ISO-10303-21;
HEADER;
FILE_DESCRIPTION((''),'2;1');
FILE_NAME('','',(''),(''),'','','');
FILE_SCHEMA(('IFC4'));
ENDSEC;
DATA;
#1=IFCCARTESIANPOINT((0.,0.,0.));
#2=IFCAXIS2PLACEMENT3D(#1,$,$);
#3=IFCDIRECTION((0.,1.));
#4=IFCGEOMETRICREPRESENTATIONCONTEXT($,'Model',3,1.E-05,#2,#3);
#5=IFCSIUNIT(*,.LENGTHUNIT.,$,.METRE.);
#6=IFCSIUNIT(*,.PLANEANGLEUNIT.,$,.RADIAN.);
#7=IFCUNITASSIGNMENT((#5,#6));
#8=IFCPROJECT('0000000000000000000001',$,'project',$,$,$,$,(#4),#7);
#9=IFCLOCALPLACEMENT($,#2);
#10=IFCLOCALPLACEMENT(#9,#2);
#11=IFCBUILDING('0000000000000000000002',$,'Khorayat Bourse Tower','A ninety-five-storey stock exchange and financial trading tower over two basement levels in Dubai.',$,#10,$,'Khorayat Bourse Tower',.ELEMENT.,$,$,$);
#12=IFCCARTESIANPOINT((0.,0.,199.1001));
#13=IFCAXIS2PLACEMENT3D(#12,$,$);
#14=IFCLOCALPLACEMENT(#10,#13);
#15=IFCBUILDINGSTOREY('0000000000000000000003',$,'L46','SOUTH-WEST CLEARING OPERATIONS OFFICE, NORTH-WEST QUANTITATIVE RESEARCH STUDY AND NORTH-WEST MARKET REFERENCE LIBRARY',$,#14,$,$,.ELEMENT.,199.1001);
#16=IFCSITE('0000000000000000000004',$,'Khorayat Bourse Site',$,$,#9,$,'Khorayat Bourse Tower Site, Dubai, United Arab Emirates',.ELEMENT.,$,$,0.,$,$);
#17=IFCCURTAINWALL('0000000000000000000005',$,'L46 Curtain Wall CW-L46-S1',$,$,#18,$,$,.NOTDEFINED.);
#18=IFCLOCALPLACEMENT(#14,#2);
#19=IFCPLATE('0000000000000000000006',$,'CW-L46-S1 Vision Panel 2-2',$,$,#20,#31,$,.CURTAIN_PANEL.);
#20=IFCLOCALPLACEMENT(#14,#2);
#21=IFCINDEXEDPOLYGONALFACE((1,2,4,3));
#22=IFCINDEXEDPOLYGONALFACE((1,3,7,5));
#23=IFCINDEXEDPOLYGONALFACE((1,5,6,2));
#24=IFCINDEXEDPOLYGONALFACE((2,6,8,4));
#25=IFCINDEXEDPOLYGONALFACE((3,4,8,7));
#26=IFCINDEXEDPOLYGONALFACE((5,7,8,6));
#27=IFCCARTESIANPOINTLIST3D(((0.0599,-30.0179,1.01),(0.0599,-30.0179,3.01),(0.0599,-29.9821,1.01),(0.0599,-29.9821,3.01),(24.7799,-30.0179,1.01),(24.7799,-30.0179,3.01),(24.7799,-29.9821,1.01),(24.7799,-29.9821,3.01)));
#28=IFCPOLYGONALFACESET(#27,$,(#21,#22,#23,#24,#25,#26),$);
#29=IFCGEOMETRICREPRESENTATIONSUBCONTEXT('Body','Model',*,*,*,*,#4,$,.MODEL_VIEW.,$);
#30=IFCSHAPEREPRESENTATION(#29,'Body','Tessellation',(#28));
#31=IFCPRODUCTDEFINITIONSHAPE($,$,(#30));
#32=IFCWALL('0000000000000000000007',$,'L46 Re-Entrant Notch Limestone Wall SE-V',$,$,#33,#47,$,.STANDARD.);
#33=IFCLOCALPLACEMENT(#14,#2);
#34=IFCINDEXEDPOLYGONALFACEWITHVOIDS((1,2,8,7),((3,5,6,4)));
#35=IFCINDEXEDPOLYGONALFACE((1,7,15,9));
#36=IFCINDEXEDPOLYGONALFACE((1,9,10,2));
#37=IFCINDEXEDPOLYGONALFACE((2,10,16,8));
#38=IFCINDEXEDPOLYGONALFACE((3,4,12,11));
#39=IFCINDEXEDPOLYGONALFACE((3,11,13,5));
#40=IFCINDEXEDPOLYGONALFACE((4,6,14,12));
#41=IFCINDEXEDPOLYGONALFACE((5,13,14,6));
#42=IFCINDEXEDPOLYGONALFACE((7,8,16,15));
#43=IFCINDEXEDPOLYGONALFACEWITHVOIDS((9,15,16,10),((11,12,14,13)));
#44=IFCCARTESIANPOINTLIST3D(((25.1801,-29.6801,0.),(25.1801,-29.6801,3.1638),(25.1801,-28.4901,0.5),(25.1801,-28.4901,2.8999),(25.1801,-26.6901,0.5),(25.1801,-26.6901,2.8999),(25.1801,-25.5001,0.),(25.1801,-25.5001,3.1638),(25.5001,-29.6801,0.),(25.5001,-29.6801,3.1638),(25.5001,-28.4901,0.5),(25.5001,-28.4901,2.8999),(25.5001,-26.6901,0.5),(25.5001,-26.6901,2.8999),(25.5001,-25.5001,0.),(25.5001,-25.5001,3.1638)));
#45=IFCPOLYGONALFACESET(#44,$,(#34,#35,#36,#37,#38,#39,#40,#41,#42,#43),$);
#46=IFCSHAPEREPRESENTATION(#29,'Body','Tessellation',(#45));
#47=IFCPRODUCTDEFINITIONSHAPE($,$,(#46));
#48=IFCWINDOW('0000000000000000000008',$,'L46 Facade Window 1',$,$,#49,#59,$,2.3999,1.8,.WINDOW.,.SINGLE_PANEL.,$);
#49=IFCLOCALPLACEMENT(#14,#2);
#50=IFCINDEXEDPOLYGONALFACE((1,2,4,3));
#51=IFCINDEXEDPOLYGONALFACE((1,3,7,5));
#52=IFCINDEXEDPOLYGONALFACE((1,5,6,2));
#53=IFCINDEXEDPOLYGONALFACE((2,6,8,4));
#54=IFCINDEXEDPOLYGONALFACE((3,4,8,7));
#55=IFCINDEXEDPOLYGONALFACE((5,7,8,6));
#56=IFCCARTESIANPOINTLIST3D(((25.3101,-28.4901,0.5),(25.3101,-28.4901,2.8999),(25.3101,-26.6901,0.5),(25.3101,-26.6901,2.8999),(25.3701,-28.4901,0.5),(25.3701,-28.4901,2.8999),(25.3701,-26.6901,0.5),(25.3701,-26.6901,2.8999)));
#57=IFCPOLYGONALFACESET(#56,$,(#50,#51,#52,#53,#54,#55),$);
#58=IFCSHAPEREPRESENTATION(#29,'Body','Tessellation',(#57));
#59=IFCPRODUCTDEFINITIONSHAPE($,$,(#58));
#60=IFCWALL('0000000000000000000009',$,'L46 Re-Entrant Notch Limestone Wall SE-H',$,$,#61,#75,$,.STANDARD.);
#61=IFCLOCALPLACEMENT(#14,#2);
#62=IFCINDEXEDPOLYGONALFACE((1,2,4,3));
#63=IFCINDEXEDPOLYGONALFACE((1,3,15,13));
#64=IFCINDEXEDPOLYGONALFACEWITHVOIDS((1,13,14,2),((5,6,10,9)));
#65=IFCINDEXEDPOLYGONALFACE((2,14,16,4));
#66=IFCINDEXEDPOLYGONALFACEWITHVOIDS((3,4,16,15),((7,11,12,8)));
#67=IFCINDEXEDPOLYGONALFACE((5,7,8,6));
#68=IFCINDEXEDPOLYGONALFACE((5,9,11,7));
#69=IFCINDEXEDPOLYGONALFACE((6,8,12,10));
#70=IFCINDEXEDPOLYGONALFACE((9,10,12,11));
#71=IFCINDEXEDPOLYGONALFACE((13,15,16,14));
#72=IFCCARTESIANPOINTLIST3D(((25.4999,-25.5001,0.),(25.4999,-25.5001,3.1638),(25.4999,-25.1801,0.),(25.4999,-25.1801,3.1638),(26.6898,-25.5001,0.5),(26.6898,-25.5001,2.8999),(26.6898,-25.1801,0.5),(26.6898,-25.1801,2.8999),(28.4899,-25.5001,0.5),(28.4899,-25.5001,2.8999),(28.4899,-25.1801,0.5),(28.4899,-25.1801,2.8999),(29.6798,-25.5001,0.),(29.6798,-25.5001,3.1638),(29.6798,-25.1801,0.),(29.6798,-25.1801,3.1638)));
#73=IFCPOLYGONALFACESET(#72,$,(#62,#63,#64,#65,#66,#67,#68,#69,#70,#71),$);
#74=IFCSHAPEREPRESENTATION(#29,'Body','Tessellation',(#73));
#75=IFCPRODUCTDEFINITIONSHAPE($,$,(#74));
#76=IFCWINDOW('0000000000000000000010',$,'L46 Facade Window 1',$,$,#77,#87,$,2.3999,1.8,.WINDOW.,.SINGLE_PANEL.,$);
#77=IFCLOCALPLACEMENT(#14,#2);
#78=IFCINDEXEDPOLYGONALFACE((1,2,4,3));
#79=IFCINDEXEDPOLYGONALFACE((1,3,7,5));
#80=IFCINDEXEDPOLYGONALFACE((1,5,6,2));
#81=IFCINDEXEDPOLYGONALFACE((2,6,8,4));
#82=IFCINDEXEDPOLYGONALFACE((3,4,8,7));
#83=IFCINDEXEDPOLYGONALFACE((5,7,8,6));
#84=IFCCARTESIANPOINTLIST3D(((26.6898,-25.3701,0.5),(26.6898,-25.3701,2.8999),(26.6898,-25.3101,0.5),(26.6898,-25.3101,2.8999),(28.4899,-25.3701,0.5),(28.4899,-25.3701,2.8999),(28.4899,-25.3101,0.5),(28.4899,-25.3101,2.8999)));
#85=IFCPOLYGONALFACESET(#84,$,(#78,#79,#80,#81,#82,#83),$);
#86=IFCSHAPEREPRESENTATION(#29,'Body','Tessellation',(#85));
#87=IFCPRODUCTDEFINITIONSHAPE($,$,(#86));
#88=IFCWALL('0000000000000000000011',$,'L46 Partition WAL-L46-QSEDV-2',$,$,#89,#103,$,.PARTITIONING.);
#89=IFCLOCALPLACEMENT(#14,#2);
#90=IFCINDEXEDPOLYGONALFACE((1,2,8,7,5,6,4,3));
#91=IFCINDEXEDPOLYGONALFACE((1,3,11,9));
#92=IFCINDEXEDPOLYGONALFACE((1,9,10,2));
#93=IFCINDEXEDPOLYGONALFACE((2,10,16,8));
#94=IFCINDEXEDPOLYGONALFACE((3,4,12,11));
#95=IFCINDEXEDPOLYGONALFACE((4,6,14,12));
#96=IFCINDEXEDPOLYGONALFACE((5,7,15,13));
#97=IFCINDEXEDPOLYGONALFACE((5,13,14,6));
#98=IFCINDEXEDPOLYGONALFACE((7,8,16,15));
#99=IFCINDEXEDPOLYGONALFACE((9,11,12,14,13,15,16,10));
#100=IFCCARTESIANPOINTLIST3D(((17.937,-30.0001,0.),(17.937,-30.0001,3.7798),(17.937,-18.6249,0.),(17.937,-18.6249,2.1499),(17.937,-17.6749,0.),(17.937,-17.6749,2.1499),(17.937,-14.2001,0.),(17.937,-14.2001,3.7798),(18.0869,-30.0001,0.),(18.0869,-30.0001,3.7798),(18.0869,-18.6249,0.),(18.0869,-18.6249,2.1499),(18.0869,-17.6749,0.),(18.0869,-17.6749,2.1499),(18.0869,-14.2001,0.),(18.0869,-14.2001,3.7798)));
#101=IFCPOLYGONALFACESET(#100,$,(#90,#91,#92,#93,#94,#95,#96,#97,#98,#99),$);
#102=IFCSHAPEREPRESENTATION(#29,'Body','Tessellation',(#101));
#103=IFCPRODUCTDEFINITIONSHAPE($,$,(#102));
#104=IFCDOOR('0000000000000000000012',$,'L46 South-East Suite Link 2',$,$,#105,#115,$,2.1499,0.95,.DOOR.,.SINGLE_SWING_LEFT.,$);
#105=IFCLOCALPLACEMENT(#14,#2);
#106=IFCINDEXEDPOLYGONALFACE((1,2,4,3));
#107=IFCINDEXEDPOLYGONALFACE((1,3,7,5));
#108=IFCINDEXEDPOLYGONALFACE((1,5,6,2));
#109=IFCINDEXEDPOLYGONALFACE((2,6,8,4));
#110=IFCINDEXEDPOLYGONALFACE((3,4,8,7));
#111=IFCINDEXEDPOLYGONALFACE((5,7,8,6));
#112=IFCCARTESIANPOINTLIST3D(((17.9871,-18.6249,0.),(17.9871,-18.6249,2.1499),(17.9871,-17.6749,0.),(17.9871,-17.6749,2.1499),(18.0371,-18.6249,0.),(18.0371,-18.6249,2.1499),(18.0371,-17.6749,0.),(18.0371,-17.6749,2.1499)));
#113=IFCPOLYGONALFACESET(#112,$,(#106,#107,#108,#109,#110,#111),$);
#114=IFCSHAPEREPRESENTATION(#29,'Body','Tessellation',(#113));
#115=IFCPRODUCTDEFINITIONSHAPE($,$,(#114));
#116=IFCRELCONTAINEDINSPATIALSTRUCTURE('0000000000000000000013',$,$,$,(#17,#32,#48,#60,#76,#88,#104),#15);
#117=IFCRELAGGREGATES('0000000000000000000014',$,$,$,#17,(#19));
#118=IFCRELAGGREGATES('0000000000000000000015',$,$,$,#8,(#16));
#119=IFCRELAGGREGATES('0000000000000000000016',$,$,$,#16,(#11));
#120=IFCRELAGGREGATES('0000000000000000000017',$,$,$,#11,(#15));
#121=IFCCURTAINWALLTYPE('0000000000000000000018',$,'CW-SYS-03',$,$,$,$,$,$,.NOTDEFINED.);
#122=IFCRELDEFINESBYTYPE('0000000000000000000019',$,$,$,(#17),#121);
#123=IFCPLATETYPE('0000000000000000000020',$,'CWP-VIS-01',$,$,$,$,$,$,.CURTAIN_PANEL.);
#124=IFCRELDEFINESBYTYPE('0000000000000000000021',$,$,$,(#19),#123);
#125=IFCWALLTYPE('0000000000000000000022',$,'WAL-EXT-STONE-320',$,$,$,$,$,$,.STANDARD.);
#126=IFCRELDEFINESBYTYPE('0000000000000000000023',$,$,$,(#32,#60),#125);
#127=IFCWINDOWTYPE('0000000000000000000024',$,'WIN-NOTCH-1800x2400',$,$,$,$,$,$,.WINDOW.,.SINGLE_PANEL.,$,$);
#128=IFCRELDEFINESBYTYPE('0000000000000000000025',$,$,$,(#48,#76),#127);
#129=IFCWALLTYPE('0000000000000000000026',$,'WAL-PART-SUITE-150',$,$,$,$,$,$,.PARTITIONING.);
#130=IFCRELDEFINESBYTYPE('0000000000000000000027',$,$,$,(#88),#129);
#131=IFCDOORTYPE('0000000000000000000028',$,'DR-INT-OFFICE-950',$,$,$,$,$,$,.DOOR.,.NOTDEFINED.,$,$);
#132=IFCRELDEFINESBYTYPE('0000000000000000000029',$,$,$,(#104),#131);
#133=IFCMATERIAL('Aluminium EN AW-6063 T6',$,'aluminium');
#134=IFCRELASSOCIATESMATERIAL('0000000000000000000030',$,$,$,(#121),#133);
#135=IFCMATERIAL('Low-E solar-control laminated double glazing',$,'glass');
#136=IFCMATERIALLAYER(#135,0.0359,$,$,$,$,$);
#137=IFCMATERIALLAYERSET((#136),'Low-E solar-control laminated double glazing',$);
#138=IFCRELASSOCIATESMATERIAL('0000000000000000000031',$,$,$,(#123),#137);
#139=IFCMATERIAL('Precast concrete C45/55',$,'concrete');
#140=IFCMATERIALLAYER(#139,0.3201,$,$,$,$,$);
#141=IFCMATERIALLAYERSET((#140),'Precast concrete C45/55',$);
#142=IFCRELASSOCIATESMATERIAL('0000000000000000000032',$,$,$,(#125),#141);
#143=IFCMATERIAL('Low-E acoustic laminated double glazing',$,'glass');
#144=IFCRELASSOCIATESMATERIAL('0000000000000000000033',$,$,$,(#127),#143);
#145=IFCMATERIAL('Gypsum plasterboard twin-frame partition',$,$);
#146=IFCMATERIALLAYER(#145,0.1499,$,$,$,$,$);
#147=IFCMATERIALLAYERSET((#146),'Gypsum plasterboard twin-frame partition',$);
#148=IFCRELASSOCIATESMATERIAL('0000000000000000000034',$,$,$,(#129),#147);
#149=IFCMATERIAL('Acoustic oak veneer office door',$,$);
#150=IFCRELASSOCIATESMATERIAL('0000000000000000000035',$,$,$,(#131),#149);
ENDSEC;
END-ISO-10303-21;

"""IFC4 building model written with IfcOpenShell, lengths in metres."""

from ifc_helpers import new_model, si_unit, direction, frame, frame_2d, origin, origin_2d, place, context, subcontext, project, spatial, rectangle, extrude, source, transform, mapped, material, layer, layer_set, type_object, element, fill, aggregate, save


model = new_model("IFC4")

# Units and contexts
model_context = context("Model", 3, precision=1e-05, world=origin(), true_north=direction((0.0, 1.0)))
body_context = subcontext(model_context, "Body", "Model", "MODEL_VIEW")
ifc_project = project(units=[si_unit("LENGTHUNIT", "METRE"), si_unit("PLANEANGLEUNIT", "RADIAN")], contexts=[model_context])

# Site, building, storey
site_placement = place(None, origin())
site = spatial("IfcSite", under=ifc_project, at=site_placement, Name="Khorayat Bourse Site", LongName="Khorayat Bourse Tower Site, Dubai, United Arab Emirates", CompositionType="ELEMENT", RefElevation=0.0)
building_placement = place(site_placement, origin())
building = spatial("IfcBuilding", under=site, at=building_placement, Name="Khorayat Bourse Tower", Description="A ninety-five-storey stock exchange and financial trading tower over two basement levels in Dubai.", LongName="Khorayat Bourse Tower", CompositionType="ELEMENT")
storey_placement = place(building_placement, frame((0.0, 0.0, 199.1001)))
storey = spatial("IfcBuildingStorey", under=building, at=storey_placement, Name="L46", Description="SOUTH-WEST CLEARING OPERATIONS OFFICE, NORTH-WEST QUANTITATIVE RESEARCH STUDY AND NORTH-WEST MARKET REFERENCE LIBRARY", CompositionType="ELEMENT", Elevation=199.1001)

# Curtain wall
ifc_material_1 = material(Name="Aluminium EN AW-6063 T6", Category="aluminium")
curtain_wall_type = type_object("IfcCurtainWallType", Name="CW-SYS-03", PredefinedType="NOTDEFINED", material=ifc_material_1)
curtain_wall_1_placement = place(storey_placement, origin())
curtain_wall_1 = element("IfcCurtainWall", 1, at=curtain_wall_1_placement, inside=storey, type_object=curtain_wall_type, Name="L46 Curtain Wall CW-L46-S1", PredefinedType="NOTDEFINED")

# Plate
ifc_material_2 = material(Name="Low-E solar-control laminated double glazing", Category="glass")
ifc_layer_1 = layer(ifc_material_2, 0.0359)
ifc_layer_set_1 = layer_set([ifc_layer_1], Name="Low-E solar-control laminated double glazing")
plate_type_1 = type_object("IfcPlateType", Name="CWP-VIS-01", PredefinedType="CURTAIN_PANEL", material=ifc_layer_set_1)
shared_shape_1 = source(origin(), body_context, "Body", "SweptSolid", [
    extrude(rectangle(XDim=24.72, YDim=0.0359, at=origin_2d()), origin(), (0.0, 0.0, 1.0), 2.0),
])
plate_1_placement = place(storey_placement, frame((12.4199, -30.0, 1.01), z_axis=(0.0, 0.0, 1.0), x_axis=(1.0, 0.0, 0.0)))
plate_1 = element("IfcPlate", 2, at=plate_1_placement, type_object=plate_type_1, Name="CW-L46-S1 Vision Panel 2-2", PredefinedType="CURTAIN_PANEL", context=body_context, shape_type="MappedRepresentation", body=[
    mapped(shared_shape_1, transform((0.0, 0.0, 0.0), scale=1.0)),
])
aggregate(curtain_wall_1, [plate_1])

# Walls, openings, windows
ifc_material_3 = material(Name="Precast concrete C45/55", Category="concrete")
ifc_layer_2 = layer(ifc_material_3, 0.3201)
ifc_layer_set_2 = layer_set([ifc_layer_2], Name="Precast concrete C45/55")
wall_type_1 = type_object("IfcWallType", Name="WAL-EXT-STONE-320", PredefinedType="STANDARD", material=ifc_layer_set_2)
shared_shape_2 = source(origin(), body_context, "Body", "SweptSolid", [
    extrude(rectangle(XDim=4.1799, YDim=0.3201, at=frame_2d((2.0898, 0.0))), origin(), (0.0, 0.0, 1.0), 3.1638),
])
wall_1_placement = place(storey_placement, frame((25.3401, -29.6799, 0.0), z_axis=(0.0, 0.0, 1.0), x_axis=(0.0, 1.0, 0.0)))
wall_1 = element("IfcWall", 3, at=wall_1_placement, inside=storey, type_object=wall_type_1, Name="L46 Re-Entrant Notch Limestone Wall SE-V", PredefinedType="STANDARD", context=body_context, shape_type="MappedRepresentation", body=[
    mapped(shared_shape_2, transform((0.0, 0.0, 0.0), scale=1.0)),
])
shared_shape_3 = source(origin(), body_context, "Body", "SweptSolid", [
    extrude(rectangle(XDim=1.8, YDim=2.3999, at=frame_2d((0.8999, 1.2))), frame((0.0, 0.1699, 0.0), z_axis=(0.0, -1.0, 0.0), x_axis=(1.0, 0.0, 0.0)), (0.0, 0.0, 1.0), 0.3401),
])
opening_1_placement = place(wall_1_placement, frame((1.1899, 0.0, 0.5)))
opening_1 = element("IfcOpeningElement", 4, at=opening_1_placement, cuts=wall_1, PredefinedType="OPENING", context=body_context, shape_type="MappedRepresentation", body=[
    mapped(shared_shape_3, transform((0.0, 0.0, 0.0), scale=1.0)),
])
ifc_material_4 = material(Name="Low-E acoustic laminated double glazing", Category="glass")
window_type = type_object("IfcWindowType", Name="WIN-NOTCH-1800x2400", PartitioningType="SINGLE_PANEL", PredefinedType="WINDOW", material=ifc_material_4)
shared_shape_4 = source(origin(), body_context, "Body", "SweptSolid", [
    extrude(rectangle(XDim=1.8, YDim=2.3999, at=frame_2d((0.8999, 1.2))), frame((0.0, 0.03, 0.0), z_axis=(0.0, -1.0, 0.0), x_axis=(1.0, 0.0, 0.0)), (0.0, 0.0, 1.0), 0.0601),
])
window_1_placement = place(opening_1_placement, origin())
window_1 = element("IfcWindow", 5, at=window_1_placement, inside=storey, type_object=window_type, Name="L46 Facade Window 1", OverallHeight=2.3999, OverallWidth=1.8, PartitioningType="SINGLE_PANEL", PredefinedType="WINDOW", context=body_context, shape_type="MappedRepresentation", body=[
    mapped(shared_shape_4, transform((0.0, 0.0, 0.0), scale=1.0)),
])
fill(opening_1, window_1)
wall_2_placement = place(storey_placement, frame((25.5, -25.3401, 0.0), z_axis=(0.0, 0.0, 1.0), x_axis=(1.0, 0.0, 0.0)))
wall_2 = element("IfcWall", 6, at=wall_2_placement, inside=storey, type_object=wall_type_1, Name="L46 Re-Entrant Notch Limestone Wall SE-H", PredefinedType="STANDARD", context=body_context, shape_type="MappedRepresentation", body=[
    mapped(shared_shape_2, transform((0.0, 0.0, 0.0), scale=1.0)),
])
opening_2_placement = place(wall_2_placement, frame((1.1899, 0.0, 0.5)))
opening_2 = element("IfcOpeningElement", 7, at=opening_2_placement, cuts=wall_2, PredefinedType="OPENING", context=body_context, shape_type="MappedRepresentation", body=[
    mapped(shared_shape_3, transform((0.0, 0.0, 0.0), scale=1.0)),
])
window_2_placement = place(opening_2_placement, origin())
window_2 = element("IfcWindow", 8, at=window_2_placement, inside=storey, type_object=window_type, Name="L46 Facade Window 1", OverallHeight=2.3999, OverallWidth=1.8, PartitioningType="SINGLE_PANEL", PredefinedType="WINDOW", context=body_context, shape_type="MappedRepresentation", body=[
    mapped(shared_shape_4, transform((0.0, 0.0, 0.0), scale=1.0)),
])
fill(opening_2, window_2)

# Wall, opening, door
ifc_material_5 = material(Name="Gypsum plasterboard twin-frame partition")
ifc_layer_3 = layer(ifc_material_5, 0.1499)
ifc_layer_set_3 = layer_set([ifc_layer_3], Name="Gypsum plasterboard twin-frame partition")
wall_type_2 = type_object("IfcWallType", Name="WAL-PART-SUITE-150", PredefinedType="PARTITIONING", material=ifc_layer_set_3)
shared_shape_5 = source(origin(), body_context, "Body", "SweptSolid", [
    extrude(rectangle(XDim=15.8, YDim=0.1499, at=frame_2d((7.8999, 0.0))), origin(), (0.0, 0.0, 1.0), 3.7798),
])
wall_3_placement = place(storey_placement, frame((18.012, -30.0, 0.0), z_axis=(0.0, 0.0, 1.0), x_axis=(0.0, 1.0, 0.0)))
wall_3 = element("IfcWall", 9, at=wall_3_placement, inside=storey, type_object=wall_type_2, Name="L46 Partition WAL-L46-QSEDV-2", PredefinedType="PARTITIONING", context=body_context, shape_type="MappedRepresentation", body=[
    mapped(shared_shape_5, transform((0.0, 0.0, 0.0), scale=1.0)),
])
shared_shape_6 = source(origin(), body_context, "Body", "SweptSolid", [
    extrude(rectangle(XDim=0.95, YDim=2.1499, at=frame_2d((0.4751, 1.075))), frame((0.0, 0.085, 0.0), z_axis=(0.0, -1.0, 0.0), x_axis=(1.0, 0.0, 0.0)), (0.0, 0.0, 1.0), 0.1699),
])
opening_3_placement = place(wall_3_placement, frame((11.375, 0.0, 0.0)))
opening_3 = element("IfcOpeningElement", 10, at=opening_3_placement, cuts=wall_3, PredefinedType="OPENING", context=body_context, shape_type="MappedRepresentation", body=[
    mapped(shared_shape_6, transform((0.0, 0.0, 0.0), scale=1.0)),
])
ifc_material_6 = material(Name="Acoustic oak veneer office door")
door_type = type_object("IfcDoorType", Name="DR-INT-OFFICE-950", OperationType="NOTDEFINED", PredefinedType="DOOR", material=ifc_material_6)
shared_shape_7 = source(origin(), body_context, "Body", "SweptSolid", [
    extrude(rectangle(XDim=0.95, YDim=2.1499, at=frame_2d((0.4751, 1.075))), frame((0.0, 0.0249, 0.0), z_axis=(0.0, -1.0, 0.0), x_axis=(1.0, 0.0, 0.0)), (0.0, 0.0, 1.0), 0.05),
])
door_placement = place(opening_3_placement, origin())
door = element("IfcDoor", 11, at=door_placement, inside=storey, type_object=door_type, Name="L46 South-East Suite Link 2", OperationType="SINGLE_SWING_LEFT", OverallHeight=2.1499, OverallWidth=0.95, PredefinedType="DOOR", context=body_context, shape_type="MappedRepresentation", body=[
    mapped(shared_shape_7, transform((0.0, 0.0, 0.0), scale=1.0)),
])
fill(opening_3, door)

save(model, "model.ifc")
